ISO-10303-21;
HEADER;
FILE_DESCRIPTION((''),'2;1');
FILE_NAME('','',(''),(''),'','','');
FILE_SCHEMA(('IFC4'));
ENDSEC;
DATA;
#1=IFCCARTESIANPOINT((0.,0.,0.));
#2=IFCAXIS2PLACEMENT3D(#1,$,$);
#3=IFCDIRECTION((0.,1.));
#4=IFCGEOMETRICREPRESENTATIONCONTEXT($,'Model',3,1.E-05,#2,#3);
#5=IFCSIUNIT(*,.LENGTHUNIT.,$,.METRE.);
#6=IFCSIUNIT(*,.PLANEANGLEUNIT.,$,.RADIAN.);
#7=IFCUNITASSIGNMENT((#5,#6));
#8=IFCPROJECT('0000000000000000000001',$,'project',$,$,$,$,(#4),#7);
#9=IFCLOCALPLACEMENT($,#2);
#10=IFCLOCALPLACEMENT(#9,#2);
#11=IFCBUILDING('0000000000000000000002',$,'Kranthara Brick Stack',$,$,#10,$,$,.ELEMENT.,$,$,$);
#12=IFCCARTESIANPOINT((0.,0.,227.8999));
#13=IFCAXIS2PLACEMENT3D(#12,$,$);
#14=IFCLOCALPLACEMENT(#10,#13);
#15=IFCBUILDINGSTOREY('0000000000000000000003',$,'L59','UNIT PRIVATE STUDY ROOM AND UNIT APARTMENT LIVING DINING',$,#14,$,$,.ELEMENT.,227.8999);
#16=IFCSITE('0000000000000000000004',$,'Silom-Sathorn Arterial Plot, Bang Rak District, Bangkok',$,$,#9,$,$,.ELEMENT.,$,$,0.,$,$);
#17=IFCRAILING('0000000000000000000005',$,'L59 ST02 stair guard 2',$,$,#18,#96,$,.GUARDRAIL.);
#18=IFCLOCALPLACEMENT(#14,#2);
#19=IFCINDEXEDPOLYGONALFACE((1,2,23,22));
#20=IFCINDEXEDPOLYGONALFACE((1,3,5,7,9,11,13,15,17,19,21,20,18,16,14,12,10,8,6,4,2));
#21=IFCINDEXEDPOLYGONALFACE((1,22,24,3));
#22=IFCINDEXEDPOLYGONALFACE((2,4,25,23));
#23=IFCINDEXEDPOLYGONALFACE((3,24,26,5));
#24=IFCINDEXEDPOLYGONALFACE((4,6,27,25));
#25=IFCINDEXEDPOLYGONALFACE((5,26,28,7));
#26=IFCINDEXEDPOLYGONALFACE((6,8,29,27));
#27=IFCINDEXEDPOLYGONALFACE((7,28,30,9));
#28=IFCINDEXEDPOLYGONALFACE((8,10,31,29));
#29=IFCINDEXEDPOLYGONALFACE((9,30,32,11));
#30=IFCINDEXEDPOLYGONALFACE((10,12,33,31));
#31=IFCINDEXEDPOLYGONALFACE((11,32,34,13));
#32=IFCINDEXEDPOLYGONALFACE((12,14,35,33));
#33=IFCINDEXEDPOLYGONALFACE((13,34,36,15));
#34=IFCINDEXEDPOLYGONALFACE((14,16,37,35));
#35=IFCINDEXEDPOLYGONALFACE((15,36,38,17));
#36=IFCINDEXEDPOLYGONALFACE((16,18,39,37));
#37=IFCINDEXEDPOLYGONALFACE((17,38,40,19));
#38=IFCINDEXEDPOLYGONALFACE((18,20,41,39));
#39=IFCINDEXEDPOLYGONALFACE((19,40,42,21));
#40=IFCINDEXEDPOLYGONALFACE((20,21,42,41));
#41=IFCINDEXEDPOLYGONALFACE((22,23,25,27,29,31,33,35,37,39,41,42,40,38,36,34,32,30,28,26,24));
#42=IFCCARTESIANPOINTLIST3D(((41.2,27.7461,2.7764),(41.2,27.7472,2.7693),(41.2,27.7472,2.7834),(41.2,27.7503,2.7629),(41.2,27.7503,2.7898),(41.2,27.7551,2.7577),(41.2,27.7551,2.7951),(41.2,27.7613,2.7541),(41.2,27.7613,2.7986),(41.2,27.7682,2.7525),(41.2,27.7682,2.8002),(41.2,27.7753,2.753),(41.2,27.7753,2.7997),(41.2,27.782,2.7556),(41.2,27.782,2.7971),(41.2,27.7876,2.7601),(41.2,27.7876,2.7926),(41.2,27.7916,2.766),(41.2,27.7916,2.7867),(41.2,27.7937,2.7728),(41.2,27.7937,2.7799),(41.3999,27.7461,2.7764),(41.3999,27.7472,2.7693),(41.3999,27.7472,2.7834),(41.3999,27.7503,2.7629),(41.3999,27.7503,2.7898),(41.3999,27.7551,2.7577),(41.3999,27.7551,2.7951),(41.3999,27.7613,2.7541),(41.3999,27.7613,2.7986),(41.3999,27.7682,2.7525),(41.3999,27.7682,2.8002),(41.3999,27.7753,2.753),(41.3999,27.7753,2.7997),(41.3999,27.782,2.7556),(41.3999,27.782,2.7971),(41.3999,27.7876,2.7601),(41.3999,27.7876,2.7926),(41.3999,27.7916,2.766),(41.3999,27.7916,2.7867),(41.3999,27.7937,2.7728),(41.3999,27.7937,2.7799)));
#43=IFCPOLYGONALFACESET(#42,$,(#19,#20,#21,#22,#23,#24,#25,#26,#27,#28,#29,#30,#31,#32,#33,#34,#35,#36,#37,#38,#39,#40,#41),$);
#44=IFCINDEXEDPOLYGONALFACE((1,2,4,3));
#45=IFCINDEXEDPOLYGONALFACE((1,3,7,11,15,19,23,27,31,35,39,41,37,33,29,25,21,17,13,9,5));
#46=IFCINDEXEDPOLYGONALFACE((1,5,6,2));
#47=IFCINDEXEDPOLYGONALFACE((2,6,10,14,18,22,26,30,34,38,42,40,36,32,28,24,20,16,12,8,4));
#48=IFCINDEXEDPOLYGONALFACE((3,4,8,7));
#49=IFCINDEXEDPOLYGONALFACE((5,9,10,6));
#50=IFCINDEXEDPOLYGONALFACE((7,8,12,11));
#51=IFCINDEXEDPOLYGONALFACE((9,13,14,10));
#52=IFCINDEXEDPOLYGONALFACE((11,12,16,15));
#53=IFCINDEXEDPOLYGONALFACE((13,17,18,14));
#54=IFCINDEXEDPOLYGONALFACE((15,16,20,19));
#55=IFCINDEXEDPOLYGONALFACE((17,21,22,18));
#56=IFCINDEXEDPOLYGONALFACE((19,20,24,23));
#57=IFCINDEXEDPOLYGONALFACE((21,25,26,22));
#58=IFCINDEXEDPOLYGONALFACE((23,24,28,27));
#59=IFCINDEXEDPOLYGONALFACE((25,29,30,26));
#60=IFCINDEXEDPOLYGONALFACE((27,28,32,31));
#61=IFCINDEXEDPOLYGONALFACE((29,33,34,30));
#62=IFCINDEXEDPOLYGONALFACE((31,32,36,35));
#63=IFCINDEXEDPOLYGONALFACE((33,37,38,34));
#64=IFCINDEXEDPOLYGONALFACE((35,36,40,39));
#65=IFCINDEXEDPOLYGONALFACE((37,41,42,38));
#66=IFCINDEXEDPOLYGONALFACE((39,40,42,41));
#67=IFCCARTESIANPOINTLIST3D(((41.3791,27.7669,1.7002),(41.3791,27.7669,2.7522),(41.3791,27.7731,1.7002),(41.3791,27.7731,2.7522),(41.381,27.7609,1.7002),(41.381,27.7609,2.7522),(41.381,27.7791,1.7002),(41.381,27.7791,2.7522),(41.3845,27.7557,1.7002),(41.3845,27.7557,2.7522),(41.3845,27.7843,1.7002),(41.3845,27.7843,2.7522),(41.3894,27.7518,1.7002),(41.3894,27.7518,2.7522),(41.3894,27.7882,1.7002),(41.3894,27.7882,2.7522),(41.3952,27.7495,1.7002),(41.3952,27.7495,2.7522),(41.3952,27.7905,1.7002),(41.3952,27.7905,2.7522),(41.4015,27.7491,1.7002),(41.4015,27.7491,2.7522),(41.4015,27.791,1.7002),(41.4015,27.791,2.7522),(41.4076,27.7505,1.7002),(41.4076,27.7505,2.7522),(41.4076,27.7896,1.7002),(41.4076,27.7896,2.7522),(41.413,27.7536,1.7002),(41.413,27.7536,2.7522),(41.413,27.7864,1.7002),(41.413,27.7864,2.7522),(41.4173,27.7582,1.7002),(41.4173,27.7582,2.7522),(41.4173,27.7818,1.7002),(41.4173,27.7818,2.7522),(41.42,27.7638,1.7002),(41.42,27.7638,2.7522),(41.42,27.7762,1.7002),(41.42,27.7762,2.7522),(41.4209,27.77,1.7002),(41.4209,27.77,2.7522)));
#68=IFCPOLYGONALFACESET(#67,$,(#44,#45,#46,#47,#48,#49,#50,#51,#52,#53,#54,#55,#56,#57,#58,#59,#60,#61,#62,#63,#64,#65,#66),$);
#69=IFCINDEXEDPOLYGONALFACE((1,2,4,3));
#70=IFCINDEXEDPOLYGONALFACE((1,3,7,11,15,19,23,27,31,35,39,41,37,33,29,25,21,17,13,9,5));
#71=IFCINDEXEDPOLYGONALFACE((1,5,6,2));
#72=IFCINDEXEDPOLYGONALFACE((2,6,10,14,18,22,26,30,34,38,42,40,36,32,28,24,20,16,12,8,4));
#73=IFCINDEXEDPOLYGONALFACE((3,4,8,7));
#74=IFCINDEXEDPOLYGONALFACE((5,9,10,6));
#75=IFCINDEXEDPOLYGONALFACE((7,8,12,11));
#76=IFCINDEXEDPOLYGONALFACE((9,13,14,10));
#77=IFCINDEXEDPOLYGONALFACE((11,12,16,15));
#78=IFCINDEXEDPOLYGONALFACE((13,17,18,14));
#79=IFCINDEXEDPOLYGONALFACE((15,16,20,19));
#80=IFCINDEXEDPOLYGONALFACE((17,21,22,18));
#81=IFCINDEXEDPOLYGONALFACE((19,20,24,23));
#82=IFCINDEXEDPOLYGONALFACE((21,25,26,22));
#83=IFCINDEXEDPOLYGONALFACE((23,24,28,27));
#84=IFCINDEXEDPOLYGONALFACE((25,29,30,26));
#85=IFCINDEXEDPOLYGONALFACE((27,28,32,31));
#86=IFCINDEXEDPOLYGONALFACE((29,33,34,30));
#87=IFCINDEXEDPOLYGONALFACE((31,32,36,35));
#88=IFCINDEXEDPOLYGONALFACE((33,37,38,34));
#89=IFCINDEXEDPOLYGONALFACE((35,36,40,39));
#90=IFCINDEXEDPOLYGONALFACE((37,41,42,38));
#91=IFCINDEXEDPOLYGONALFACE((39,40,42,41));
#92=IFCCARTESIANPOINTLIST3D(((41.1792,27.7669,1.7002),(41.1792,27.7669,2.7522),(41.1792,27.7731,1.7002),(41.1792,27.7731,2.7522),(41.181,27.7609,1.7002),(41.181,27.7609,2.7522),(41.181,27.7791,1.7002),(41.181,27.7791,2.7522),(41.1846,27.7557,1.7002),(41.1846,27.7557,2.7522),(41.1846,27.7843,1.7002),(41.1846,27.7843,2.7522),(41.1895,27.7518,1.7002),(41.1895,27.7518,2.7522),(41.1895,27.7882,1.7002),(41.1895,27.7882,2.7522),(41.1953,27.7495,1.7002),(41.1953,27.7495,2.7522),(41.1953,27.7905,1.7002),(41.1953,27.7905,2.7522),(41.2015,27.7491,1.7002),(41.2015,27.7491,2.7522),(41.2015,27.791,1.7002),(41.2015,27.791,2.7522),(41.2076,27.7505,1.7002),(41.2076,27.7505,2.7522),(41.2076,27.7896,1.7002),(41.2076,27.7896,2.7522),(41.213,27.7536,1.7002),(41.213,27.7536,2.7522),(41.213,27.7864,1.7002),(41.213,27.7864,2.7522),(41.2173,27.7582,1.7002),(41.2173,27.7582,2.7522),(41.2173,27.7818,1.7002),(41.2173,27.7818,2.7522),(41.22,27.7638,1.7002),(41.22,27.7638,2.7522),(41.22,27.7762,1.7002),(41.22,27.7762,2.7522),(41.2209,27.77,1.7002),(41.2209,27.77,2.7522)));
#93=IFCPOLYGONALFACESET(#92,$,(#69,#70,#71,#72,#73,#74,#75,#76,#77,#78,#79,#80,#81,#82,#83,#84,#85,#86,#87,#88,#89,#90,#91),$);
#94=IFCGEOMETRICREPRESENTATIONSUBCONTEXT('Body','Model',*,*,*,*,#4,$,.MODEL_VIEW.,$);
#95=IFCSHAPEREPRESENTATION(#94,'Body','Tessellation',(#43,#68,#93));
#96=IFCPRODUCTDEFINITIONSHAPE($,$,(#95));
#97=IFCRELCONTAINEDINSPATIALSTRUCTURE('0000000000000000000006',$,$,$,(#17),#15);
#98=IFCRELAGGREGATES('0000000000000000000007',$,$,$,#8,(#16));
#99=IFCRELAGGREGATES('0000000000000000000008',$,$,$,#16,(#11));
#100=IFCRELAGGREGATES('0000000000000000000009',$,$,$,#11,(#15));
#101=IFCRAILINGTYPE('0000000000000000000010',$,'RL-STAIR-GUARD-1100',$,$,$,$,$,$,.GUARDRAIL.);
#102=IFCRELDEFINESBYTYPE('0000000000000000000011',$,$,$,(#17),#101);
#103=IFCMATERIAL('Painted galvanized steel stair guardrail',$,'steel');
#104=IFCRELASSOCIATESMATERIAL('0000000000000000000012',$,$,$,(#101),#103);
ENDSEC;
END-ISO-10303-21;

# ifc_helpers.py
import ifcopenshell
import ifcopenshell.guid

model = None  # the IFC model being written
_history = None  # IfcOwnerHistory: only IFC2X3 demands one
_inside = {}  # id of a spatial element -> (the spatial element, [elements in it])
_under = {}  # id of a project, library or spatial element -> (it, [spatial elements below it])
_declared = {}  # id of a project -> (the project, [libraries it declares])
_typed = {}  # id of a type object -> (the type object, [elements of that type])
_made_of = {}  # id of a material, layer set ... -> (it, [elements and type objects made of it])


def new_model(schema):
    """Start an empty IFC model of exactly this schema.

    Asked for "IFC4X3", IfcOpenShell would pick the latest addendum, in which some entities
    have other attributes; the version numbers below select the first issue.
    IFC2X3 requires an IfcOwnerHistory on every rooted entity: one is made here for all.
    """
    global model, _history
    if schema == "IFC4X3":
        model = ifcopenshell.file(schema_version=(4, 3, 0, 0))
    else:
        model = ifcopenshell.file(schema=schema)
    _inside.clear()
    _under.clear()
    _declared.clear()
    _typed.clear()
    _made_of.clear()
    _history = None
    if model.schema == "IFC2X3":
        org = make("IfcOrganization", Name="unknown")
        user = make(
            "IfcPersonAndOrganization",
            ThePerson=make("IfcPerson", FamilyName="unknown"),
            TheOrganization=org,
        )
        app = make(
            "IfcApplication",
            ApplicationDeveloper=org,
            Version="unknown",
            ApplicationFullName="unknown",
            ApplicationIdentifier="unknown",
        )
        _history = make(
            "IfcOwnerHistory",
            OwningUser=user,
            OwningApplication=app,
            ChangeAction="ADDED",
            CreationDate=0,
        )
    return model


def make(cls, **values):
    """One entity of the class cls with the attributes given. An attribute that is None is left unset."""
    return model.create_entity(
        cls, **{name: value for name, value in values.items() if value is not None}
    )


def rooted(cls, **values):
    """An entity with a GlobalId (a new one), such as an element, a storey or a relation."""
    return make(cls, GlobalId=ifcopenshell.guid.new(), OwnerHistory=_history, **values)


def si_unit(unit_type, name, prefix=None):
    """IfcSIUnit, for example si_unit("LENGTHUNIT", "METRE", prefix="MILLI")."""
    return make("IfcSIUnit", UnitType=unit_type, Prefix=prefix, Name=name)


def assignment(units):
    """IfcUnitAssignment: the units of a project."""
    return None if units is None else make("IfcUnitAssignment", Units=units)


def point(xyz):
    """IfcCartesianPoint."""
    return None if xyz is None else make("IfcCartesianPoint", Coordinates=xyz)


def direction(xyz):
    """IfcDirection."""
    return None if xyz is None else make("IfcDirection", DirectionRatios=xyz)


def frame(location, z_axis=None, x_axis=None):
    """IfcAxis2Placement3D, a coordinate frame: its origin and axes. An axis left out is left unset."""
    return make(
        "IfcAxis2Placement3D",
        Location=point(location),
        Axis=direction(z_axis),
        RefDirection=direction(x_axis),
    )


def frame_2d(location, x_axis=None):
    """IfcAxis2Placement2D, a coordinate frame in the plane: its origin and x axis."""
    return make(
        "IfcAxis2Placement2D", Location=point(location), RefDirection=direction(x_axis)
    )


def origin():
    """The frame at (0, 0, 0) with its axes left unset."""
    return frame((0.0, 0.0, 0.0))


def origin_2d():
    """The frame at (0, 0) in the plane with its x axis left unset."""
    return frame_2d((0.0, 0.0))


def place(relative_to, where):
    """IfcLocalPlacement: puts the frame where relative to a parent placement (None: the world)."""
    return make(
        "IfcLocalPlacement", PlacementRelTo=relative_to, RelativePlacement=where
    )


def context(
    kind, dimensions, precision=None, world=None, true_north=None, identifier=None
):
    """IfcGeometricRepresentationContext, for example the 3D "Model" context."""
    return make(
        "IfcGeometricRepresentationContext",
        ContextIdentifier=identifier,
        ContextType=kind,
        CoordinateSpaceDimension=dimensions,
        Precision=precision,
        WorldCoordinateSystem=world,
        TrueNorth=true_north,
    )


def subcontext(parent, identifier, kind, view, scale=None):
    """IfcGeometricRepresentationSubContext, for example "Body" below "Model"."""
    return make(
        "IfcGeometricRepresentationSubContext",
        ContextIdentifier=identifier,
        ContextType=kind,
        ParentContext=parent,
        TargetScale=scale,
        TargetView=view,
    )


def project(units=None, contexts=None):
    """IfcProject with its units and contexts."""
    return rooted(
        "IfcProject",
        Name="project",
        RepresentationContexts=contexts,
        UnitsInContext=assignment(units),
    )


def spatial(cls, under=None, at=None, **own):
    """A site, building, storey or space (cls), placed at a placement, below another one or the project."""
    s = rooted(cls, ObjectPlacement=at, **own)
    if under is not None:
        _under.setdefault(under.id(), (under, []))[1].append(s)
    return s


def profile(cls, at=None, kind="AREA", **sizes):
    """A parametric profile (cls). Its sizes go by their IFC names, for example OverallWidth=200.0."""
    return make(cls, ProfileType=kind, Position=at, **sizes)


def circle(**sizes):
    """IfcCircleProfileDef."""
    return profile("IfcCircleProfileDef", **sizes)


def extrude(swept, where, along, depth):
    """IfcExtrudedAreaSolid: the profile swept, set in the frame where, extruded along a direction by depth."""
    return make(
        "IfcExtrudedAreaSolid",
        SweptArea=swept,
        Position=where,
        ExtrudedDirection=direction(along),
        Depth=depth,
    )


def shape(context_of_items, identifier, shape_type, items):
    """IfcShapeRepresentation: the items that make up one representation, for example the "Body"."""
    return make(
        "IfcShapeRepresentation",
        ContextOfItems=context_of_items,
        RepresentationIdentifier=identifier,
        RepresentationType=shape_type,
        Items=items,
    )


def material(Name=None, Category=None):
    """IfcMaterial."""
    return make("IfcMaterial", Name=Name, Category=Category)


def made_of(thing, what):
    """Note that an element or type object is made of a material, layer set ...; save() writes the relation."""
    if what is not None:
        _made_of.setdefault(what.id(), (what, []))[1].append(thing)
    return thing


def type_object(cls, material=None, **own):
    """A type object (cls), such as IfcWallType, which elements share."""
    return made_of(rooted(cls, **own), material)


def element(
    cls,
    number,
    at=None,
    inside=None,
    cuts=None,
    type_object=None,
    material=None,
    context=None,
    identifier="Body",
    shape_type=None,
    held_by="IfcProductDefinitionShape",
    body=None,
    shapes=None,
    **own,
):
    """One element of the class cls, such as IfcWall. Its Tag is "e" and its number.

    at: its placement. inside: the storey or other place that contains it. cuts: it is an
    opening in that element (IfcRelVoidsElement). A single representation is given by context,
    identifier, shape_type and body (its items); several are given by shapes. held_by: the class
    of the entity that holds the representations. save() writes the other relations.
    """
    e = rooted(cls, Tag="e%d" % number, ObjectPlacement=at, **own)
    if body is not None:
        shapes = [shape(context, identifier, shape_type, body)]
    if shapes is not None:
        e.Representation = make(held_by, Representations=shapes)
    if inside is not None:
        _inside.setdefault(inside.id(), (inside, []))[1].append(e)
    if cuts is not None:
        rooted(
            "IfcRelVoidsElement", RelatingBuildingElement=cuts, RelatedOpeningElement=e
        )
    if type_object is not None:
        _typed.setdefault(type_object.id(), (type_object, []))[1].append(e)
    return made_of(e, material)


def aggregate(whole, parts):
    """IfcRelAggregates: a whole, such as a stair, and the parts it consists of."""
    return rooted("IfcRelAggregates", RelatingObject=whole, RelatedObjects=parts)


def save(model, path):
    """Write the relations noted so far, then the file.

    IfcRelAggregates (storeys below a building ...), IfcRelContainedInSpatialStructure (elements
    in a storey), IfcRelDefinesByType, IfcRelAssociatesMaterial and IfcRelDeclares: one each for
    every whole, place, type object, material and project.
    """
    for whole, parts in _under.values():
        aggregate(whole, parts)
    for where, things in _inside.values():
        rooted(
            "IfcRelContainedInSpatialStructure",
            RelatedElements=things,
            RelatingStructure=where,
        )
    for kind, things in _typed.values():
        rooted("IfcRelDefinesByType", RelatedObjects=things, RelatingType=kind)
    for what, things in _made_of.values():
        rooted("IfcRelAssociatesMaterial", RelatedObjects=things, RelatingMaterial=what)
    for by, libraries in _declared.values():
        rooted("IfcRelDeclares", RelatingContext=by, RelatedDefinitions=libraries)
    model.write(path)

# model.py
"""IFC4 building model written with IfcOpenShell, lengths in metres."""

from ifc_helpers import new_model, si_unit, direction, frame, origin, origin_2d, place, context, subcontext, project, spatial, circle, extrude, material, type_object, element, save


model = new_model("IFC4")

# Units and contexts
model_context = context("Model", 3, precision=1e-05, world=origin(), true_north=direction((0.0, 1.0)))
body_context = subcontext(model_context, "Body", "Model", "MODEL_VIEW")
ifc_project = project(units=[si_unit("LENGTHUNIT", "METRE"), si_unit("PLANEANGLEUNIT", "RADIAN")], contexts=[model_context])

# Site, building, storey
site_placement = place(None, origin())
site = spatial("IfcSite", under=ifc_project, at=site_placement, Name="Silom-Sathorn Arterial Plot, Bang Rak District, Bangkok", CompositionType="ELEMENT", RefElevation=0.0)
building_placement = place(site_placement, origin())
building = spatial("IfcBuilding", under=site, at=building_placement, Name="Kranthara Brick Stack", CompositionType="ELEMENT")
storey_placement = place(building_placement, frame((0.0, 0.0, 227.8999)))
storey = spatial("IfcBuildingStorey", under=building, at=storey_placement, Name="L59", Description="UNIT PRIVATE STUDY ROOM AND UNIT APARTMENT LIVING DINING", CompositionType="ELEMENT", Elevation=227.8999)

# Railing
ifc_material_1 = material(Name="Painted galvanized steel stair guardrail", Category="steel")
railing_type_1 = type_object("IfcRailingType", Name="RL-STAIR-GUARD-1100", PredefinedType="GUARDRAIL", material=ifc_material_1)
railing_1_placement = place(storey_placement, frame((41.3999, 27.77, 1.7002)))
element("IfcRailing", 1, at=railing_1_placement, inside=storey, type_object=railing_type_1, Name="L59 ST02 stair guard 2", PredefinedType="GUARDRAIL", context=body_context, shape_type="SweptSolid", body=[
    extrude(circle(Radius=0.0239, at=origin_2d()), frame((0.0, 0.0, 1.0762), z_axis=(-1.0, 0.0, 0.0), x_axis=(0.0, -1.0, 0.0)), (0.0, 0.0, 1.0), 0.2),
    extrude(circle(Radius=0.021, at=origin_2d()), origin(), (0.0, 0.0, 1.0), 1.052),
    extrude(circle(Radius=0.021, at=origin_2d()), frame((-0.2, 0.0, 0.0)), (0.0, 0.0, 1.0), 1.052),
])

save(model, "model.ifc")
